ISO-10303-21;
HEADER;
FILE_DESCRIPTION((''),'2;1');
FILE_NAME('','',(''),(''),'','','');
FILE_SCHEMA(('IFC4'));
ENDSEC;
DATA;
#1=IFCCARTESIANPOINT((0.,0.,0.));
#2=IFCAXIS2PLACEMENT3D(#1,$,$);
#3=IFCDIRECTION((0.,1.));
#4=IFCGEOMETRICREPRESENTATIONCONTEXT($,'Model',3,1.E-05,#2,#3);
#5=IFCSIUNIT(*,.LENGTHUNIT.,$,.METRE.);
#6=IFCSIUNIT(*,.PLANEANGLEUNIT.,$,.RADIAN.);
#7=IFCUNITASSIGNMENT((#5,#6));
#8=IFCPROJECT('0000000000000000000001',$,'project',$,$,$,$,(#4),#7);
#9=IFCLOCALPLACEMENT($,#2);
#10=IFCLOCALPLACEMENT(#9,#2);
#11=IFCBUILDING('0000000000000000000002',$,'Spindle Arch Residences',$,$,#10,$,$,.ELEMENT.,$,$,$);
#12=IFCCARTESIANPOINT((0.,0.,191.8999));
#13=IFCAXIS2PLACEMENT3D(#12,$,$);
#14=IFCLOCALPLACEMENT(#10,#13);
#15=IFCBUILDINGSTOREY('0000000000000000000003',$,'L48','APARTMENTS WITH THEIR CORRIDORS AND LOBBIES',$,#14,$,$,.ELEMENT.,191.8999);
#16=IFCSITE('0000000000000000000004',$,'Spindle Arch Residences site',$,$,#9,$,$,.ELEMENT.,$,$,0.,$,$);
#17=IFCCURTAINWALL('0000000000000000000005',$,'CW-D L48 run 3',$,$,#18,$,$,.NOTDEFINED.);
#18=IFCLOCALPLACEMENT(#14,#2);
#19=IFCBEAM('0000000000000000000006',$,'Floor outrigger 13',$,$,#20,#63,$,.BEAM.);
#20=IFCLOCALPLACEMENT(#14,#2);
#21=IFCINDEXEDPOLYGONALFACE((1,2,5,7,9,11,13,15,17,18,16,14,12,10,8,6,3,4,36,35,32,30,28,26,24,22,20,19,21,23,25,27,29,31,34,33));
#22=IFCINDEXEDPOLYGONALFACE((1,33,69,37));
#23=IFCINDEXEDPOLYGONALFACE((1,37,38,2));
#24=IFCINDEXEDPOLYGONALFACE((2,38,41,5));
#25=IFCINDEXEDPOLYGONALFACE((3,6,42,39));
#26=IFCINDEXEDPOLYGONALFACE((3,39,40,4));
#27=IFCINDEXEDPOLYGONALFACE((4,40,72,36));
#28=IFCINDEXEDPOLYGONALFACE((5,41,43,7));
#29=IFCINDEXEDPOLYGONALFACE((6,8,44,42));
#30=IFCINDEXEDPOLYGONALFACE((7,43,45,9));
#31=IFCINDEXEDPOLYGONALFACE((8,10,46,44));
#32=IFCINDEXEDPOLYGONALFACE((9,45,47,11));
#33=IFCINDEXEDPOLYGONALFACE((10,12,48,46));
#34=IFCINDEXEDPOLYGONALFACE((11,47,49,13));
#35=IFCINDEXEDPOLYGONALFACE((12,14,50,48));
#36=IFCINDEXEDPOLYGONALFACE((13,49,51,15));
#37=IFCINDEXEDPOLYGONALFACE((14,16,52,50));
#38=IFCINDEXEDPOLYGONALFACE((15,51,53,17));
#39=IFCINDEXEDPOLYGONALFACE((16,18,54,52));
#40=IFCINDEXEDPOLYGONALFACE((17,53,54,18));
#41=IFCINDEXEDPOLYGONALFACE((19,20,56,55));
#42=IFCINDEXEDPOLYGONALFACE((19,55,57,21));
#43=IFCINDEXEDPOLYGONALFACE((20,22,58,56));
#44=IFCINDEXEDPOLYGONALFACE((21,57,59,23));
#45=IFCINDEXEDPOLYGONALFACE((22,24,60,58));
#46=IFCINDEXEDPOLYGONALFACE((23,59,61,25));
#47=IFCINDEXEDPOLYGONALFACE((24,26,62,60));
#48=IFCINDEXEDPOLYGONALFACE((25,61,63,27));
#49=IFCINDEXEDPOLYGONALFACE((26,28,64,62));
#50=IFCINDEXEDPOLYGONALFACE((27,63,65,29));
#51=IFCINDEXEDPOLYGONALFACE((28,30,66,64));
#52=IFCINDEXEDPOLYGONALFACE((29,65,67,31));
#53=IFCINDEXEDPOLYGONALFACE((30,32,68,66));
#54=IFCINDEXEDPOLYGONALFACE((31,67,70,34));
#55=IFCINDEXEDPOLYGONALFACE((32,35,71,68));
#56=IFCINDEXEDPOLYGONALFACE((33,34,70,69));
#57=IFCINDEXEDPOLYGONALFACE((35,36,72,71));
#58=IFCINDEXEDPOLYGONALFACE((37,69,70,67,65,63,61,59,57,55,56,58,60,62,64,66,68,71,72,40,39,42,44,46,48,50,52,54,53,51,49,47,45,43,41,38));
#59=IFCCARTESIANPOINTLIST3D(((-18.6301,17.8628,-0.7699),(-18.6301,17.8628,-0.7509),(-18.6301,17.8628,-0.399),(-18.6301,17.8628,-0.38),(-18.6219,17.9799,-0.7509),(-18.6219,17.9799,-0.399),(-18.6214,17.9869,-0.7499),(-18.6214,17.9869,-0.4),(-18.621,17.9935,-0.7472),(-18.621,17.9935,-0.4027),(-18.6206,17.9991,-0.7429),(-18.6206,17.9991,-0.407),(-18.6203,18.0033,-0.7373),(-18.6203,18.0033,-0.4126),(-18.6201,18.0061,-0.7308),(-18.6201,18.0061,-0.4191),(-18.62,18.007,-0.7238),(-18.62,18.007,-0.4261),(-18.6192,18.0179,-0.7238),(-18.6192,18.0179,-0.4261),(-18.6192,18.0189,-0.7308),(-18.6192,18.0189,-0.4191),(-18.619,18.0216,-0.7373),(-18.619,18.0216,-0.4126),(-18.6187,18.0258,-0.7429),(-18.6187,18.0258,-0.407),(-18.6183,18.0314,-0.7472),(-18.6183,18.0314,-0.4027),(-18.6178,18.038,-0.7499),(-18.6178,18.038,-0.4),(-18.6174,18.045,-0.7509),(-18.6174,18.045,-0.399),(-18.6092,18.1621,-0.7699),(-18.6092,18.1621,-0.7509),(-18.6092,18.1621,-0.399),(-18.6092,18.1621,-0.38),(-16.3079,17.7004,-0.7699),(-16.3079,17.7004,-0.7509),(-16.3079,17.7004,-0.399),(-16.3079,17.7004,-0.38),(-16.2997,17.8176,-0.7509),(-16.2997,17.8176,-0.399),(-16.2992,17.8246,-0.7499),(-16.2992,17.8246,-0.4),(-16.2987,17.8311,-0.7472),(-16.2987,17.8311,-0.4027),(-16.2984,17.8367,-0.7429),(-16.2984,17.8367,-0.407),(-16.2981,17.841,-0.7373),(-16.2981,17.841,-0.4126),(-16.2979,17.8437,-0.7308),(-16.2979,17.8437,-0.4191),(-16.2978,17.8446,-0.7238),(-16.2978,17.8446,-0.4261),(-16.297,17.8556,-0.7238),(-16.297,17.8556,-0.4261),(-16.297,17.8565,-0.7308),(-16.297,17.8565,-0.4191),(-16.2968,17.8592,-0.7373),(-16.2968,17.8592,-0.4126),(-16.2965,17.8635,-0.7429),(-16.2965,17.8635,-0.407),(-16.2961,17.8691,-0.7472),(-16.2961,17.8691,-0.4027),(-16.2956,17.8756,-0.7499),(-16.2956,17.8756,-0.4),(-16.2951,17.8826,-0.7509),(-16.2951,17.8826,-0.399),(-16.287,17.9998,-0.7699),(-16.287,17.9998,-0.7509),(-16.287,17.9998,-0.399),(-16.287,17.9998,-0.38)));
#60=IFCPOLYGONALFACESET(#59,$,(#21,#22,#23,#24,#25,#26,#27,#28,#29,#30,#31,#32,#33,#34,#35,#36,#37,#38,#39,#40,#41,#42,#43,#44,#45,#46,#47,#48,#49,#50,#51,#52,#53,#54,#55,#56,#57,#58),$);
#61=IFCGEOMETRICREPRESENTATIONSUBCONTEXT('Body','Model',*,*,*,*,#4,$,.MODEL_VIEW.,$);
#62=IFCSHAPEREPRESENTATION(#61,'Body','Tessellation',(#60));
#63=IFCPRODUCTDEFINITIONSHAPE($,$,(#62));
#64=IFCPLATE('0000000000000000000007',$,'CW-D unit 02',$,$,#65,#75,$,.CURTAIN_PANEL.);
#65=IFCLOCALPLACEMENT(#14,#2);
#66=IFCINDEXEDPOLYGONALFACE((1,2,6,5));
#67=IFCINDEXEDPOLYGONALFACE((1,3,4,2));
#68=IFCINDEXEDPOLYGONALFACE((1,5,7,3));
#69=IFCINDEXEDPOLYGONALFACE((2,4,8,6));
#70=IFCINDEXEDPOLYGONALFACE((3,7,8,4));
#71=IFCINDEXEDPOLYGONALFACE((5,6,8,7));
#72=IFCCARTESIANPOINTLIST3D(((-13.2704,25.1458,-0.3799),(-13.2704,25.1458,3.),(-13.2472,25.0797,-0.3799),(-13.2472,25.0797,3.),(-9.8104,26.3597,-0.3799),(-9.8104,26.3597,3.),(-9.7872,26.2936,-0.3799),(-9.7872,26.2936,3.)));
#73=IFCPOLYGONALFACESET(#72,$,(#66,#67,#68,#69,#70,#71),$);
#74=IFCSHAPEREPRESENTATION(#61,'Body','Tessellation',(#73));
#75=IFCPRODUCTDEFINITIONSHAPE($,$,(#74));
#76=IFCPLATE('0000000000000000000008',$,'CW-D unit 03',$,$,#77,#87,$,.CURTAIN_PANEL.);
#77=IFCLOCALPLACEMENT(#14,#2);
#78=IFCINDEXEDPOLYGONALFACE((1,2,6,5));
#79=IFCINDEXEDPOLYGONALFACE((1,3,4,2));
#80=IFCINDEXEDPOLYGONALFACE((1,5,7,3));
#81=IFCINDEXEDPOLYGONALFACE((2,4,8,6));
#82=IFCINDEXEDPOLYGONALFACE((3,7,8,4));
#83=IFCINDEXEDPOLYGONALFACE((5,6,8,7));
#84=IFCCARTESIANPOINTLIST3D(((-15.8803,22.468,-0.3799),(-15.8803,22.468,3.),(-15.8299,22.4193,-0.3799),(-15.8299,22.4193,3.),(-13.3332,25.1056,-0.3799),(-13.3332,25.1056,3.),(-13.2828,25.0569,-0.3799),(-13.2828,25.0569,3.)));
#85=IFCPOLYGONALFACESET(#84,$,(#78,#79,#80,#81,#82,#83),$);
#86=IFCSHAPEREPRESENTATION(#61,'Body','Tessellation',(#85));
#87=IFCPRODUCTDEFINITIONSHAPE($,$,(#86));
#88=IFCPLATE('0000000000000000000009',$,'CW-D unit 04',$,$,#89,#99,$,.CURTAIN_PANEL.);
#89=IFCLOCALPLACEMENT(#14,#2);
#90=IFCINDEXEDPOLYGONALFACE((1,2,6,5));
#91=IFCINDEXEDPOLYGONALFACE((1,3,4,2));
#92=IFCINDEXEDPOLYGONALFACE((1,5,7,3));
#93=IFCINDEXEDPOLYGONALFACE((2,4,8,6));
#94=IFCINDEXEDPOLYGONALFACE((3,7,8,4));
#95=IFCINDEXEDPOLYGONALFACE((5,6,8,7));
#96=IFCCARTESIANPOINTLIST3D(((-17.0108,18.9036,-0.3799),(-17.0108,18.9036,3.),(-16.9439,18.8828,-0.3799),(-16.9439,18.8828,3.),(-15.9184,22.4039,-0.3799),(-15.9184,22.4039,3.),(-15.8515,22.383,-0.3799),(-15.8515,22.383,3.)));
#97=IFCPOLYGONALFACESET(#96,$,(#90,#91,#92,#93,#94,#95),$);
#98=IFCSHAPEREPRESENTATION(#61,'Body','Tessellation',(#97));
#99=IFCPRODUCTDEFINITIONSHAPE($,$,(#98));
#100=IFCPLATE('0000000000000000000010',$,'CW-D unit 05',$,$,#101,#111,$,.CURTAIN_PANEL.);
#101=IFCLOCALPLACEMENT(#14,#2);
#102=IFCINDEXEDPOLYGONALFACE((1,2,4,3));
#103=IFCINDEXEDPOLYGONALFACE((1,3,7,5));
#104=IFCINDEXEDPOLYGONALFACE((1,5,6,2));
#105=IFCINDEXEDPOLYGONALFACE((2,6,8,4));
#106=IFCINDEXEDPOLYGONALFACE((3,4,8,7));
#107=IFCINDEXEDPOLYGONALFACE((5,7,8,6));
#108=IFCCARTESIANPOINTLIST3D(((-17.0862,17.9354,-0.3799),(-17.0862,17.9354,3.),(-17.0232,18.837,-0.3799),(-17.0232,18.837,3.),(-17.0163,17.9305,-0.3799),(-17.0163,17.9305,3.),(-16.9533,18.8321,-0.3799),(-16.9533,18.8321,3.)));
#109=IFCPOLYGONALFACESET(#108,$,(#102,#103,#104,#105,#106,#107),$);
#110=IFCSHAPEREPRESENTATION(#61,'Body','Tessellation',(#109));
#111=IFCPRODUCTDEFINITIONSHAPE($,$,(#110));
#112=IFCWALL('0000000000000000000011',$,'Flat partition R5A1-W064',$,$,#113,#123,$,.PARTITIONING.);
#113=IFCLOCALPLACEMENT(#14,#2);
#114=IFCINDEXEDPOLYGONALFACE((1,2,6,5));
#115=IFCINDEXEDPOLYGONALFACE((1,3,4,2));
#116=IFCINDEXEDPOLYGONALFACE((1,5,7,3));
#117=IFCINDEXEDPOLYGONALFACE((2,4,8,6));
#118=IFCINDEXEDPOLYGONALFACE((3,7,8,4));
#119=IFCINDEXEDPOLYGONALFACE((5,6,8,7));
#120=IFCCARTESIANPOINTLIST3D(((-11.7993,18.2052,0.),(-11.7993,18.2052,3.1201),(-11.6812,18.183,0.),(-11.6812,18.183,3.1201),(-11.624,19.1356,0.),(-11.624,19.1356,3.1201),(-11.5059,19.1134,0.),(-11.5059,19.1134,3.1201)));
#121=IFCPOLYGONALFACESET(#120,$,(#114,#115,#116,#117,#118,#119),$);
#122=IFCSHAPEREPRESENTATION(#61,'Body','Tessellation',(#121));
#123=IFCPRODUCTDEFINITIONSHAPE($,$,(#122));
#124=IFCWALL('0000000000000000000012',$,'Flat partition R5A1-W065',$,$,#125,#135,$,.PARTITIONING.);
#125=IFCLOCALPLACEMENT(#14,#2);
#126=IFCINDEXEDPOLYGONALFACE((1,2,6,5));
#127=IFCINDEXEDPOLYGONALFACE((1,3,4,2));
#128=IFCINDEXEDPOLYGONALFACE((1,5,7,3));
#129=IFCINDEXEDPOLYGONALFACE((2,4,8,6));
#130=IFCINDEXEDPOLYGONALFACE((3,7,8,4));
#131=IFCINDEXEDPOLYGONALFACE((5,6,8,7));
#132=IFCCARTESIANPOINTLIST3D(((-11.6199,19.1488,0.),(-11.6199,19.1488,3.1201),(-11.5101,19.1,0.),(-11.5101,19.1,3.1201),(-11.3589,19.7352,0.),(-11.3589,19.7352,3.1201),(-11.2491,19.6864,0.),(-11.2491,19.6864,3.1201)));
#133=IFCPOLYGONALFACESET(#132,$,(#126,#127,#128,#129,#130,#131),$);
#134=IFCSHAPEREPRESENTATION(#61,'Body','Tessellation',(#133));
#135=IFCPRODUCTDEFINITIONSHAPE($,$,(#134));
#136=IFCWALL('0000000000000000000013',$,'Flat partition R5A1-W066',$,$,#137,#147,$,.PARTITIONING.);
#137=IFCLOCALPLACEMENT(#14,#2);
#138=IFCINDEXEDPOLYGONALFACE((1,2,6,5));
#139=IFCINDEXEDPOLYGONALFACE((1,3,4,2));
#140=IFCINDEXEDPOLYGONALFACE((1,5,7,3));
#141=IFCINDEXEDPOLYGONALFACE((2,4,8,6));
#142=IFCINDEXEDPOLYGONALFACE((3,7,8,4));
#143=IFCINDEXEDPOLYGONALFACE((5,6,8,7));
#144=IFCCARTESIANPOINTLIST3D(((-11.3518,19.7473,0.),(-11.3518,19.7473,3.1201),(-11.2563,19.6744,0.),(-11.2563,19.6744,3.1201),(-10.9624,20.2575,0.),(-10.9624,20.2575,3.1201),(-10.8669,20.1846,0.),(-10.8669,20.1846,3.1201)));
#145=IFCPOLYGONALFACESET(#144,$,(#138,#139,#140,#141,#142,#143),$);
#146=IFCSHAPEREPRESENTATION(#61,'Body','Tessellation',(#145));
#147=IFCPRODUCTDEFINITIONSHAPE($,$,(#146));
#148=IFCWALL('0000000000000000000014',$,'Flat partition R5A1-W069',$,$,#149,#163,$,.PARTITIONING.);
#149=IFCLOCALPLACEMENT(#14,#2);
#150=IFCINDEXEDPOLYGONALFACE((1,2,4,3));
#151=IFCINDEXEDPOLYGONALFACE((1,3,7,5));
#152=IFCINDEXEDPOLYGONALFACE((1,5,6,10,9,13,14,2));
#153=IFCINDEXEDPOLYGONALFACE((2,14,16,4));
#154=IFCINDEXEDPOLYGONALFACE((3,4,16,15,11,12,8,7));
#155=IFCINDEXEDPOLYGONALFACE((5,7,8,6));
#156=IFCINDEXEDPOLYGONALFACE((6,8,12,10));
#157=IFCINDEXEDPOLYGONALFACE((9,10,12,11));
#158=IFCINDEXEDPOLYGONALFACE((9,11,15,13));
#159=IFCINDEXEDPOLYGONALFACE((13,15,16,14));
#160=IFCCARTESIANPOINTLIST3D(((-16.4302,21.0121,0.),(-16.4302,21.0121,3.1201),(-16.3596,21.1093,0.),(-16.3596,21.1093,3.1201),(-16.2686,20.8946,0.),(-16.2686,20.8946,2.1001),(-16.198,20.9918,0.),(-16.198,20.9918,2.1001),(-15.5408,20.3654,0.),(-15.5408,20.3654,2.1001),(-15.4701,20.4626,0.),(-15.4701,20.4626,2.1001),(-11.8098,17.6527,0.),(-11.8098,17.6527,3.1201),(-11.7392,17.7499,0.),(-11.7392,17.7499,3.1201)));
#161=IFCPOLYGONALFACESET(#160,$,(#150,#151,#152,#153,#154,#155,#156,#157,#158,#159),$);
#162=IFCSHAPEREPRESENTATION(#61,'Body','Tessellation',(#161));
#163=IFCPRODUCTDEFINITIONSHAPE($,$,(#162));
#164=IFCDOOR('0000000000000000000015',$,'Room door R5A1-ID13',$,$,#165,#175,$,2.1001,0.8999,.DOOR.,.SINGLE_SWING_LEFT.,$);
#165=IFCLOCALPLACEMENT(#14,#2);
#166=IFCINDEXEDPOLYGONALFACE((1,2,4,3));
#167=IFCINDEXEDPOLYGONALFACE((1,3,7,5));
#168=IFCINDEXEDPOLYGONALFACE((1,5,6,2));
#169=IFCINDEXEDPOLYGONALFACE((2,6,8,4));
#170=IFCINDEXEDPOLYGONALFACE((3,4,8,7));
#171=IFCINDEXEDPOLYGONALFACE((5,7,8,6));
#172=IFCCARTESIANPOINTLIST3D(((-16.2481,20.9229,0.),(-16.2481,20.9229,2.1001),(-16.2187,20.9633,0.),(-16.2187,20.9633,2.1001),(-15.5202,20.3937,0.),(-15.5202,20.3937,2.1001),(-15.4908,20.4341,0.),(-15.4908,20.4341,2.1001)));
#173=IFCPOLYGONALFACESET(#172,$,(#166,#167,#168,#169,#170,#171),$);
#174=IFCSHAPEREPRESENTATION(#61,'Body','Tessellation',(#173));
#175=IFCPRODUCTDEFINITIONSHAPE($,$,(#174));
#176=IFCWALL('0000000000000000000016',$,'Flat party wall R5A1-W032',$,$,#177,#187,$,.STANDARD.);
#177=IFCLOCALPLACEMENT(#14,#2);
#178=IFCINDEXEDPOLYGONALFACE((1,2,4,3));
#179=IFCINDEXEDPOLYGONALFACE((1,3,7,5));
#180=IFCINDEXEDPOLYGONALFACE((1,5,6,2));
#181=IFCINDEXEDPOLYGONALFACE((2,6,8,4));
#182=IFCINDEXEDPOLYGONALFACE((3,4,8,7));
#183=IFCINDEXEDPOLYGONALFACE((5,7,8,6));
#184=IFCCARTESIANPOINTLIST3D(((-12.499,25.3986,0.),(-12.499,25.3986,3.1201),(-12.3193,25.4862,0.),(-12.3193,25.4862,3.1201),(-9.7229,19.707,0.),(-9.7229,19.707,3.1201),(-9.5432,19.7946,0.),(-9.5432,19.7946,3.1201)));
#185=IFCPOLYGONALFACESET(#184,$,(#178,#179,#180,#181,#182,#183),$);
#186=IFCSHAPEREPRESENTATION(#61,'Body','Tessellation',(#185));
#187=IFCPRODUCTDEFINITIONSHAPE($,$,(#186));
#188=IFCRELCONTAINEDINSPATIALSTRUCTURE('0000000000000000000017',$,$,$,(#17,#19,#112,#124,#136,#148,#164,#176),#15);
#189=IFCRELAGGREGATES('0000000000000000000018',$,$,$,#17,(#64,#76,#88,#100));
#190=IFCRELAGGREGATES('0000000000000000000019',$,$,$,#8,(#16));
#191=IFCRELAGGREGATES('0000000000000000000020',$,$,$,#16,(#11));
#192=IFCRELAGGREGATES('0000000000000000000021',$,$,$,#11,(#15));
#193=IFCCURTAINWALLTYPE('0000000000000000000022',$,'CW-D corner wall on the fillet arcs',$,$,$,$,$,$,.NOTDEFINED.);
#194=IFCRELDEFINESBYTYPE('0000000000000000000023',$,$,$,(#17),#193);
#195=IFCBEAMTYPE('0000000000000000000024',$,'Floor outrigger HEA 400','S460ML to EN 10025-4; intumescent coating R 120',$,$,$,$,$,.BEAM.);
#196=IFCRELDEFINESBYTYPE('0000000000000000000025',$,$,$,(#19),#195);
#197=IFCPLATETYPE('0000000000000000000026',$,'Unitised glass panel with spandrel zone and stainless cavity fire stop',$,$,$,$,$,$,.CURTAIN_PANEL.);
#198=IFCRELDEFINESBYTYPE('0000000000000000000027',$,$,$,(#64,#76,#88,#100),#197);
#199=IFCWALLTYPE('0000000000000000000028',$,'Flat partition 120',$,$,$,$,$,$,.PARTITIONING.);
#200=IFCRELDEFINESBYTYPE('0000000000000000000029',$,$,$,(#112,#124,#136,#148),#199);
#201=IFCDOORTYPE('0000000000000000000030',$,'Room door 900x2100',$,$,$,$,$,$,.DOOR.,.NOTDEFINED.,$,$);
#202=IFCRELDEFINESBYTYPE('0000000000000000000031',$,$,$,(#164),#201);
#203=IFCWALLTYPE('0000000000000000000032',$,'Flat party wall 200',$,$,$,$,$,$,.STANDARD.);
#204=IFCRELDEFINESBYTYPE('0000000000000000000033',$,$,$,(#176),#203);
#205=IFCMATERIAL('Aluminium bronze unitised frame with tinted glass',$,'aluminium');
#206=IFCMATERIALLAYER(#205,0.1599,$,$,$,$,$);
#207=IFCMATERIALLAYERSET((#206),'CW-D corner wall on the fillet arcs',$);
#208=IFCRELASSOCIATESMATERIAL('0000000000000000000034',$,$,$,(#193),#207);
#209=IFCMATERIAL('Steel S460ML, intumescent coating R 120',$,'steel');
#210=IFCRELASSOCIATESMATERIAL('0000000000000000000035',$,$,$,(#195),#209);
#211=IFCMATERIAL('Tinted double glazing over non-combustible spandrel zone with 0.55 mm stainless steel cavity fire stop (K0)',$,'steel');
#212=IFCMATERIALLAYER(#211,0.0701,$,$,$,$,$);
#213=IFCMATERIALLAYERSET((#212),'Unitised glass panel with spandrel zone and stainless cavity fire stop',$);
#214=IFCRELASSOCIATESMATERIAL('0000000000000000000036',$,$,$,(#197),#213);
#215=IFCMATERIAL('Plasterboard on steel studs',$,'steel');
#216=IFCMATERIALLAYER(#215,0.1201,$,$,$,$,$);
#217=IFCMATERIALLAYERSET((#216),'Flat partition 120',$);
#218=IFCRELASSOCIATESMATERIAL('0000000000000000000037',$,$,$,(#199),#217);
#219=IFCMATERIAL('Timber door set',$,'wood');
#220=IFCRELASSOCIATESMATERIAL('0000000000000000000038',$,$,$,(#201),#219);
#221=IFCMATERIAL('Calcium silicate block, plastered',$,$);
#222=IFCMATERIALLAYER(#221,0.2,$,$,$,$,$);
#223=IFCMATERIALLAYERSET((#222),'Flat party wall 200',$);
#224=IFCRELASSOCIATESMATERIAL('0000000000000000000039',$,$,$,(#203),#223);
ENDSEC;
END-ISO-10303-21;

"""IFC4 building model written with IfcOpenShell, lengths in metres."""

from ifc_helpers import new_model, si_unit, direction, frame, frame_2d, origin, origin_2d, place, context, subcontext, project, spatial, rectangle, i_section, extrude, material, layer, layer_set, material_profile, profile_set, type_object, element, fill, aggregate, save


model = new_model("IFC4")

# Units and contexts
model_context = context("Model", 3, precision=1e-05, world=origin(), true_north=direction((0.0, 1.0)))
body_context = subcontext(model_context, "Body", "Model", "MODEL_VIEW")
ifc_project = project(units=[si_unit("LENGTHUNIT", "METRE"), si_unit("PLANEANGLEUNIT", "RADIAN")], contexts=[model_context])

# Site, building, storey
site_placement = place(None, origin())
site = spatial("IfcSite", under=ifc_project, at=site_placement, Name="Spindle Arch Residences site", CompositionType="ELEMENT", RefElevation=0.0)
building_placement = place(site_placement, origin())
building = spatial("IfcBuilding", under=site, at=building_placement, Name="Spindle Arch Residences", CompositionType="ELEMENT")
storey_placement = place(building_placement, frame((0.0, 0.0, 191.8999)))
storey = spatial("IfcBuildingStorey", under=building, at=storey_placement, Name="L48", Description="APARTMENTS WITH THEIR CORRIDORS AND LOBBIES", CompositionType="ELEMENT", Elevation=191.8999)

# Curtain wall
ifc_material_1 = material(Name="Aluminium bronze unitised frame with tinted glass", Category="aluminium")
ifc_layer_1 = layer(ifc_material_1, 0.1599)
ifc_layer_set_1 = layer_set([ifc_layer_1], Name="CW-D corner wall on the fillet arcs")
curtain_wall_type_1 = type_object("IfcCurtainWallType", Name="CW-D corner wall on the fillet arcs", PredefinedType="NOTDEFINED", material=ifc_layer_set_1)
curtain_wall_1_placement = place(storey_placement, origin())
curtain_wall_1 = element("IfcCurtainWall", 1, at=curtain_wall_1_placement, inside=storey, type_object=curtain_wall_type_1, Name="CW-D L48 run 3", PredefinedType="NOTDEFINED")

# Beam
ifc_material_2 = material(Name="Steel S460ML, intumescent coating R 120", Category="steel")
ifc_material_profile_1 = material_profile(ifc_material_2, i_section(OverallWidth=0.3, OverallDepth=0.3899, WebThickness=0.011, FlangeThickness=0.019, FilletRadius=0.0271, at=origin_2d()), Name="HEA 400")
ifc_profile_set_1 = profile_set([ifc_material_profile_1], Name="Steel S460ML, intumescent coating R 120")
beam_type_1 = type_object("IfcBeamType", Name="Floor outrigger HEA 400", Description="S460ML to EN 10025-4; intumescent coating R 120", PredefinedType="BEAM", material=ifc_profile_set_1)
beam_1_placement = place(storey_placement, frame((-18.6196, 18.0125, -0.575), z_axis=(0.997565, -0.069741, 0.0), x_axis=(0.069741, 0.997565, 0.0)))
element("IfcBeam", 2, at=beam_1_placement, inside=storey, type_object=beam_type_1, Name="Floor outrigger 13", PredefinedType="BEAM", context=body_context, shape_type="SweptSolid", body=[
    extrude(i_section(OverallWidth=0.3, OverallDepth=0.3899, WebThickness=0.011, FlangeThickness=0.019, FilletRadius=0.0271, at=origin_2d()), origin(), (0.0, 0.0, 1.0), 2.3279),
])

# Plates
ifc_material_3 = material(Name="Tinted double glazing over non-combustible spandrel zone with 0.55 mm stainless steel cavity fire stop (K0)", Category="steel")
ifc_layer_2 = layer(ifc_material_3, 0.0701)
ifc_layer_set_2 = layer_set([ifc_layer_2], Name="Unitised glass panel with spandrel zone and stainless cavity fire stop")
plate_type = type_object("IfcPlateType", Name="Unitised glass panel with spandrel zone and stainless cavity fire stop", PredefinedType="CURTAIN_PANEL", material=ifc_layer_set_2)
plate_1_placement = place(storey_placement, frame((-11.5288, 25.7197, -0.3799), z_axis=(0.0, 0.0, 1.0), x_axis=(-0.943609, -0.331063, 0.0)))
plate_1 = element("IfcPlate", 3, at=plate_1_placement, type_object=plate_type, Name="CW-D unit 02", PredefinedType="CURTAIN_PANEL", context=body_context, shape_type="SweptSolid", body=[
    extrude(rectangle(XDim=3.6667, YDim=0.0701, at=origin_2d()), origin(), (0.0, 0.0, 1.0), 3.3799),
])
plate_2_placement = place(storey_placement, frame((-14.5815, 23.7625, -0.3799), z_axis=(0.0, 0.0, 1.0), x_axis=(-0.694658, -0.71934, 0.0)))
plate_2 = element("IfcPlate", 4, at=plate_2_placement, type_object=plate_type, Name="CW-D unit 03", PredefinedType="CURTAIN_PANEL", context=body_context, shape_type="SweptSolid", body=[
    extrude(rectangle(XDim=3.6667, YDim=0.0701, at=origin_2d()), origin(), (0.0, 0.0, 1.0), 3.3799),
])
plate_3_placement = place(storey_placement, frame((-16.4312, 20.6433, -0.3799), z_axis=(0.0, 0.0, 1.0), x_axis=(-0.29793, -0.954588, 0.0)))
plate_3 = element("IfcPlate", 5, at=plate_3_placement, type_object=plate_type, Name="CW-D unit 04", PredefinedType="CURTAIN_PANEL", context=body_context, shape_type="SweptSolid", body=[
    extrude(rectangle(XDim=3.6667, YDim=0.0701, at=origin_2d()), origin(), (0.0, 0.0, 1.0), 3.3799),
])
plate_4_placement = place(storey_placement, frame((-17.0198, 18.3838, -0.3799), z_axis=(0.0, 0.0, 1.0), x_axis=(-0.069756, -0.997564, 0.0)))
plate_4 = element("IfcPlate", 6, at=plate_4_placement, type_object=plate_type, Name="CW-D unit 05", PredefinedType="CURTAIN_PANEL", context=body_context, shape_type="SweptSolid", body=[
    extrude(rectangle(XDim=0.9038, YDim=0.0701, at=origin_2d()), origin(), (0.0, 0.0, 1.0), 3.3799),
])
aggregate(curtain_wall_1, [plate_1, plate_2, plate_3, plate_4])

# Walls
ifc_material_4 = material(Name="Plasterboard on steel studs", Category="steel")
ifc_layer_3 = layer(ifc_material_4, 0.1201)
ifc_layer_set_3 = layer_set([ifc_layer_3], Name="Flat partition 120")
wall_type_1 = type_object("IfcWallType", Name="Flat partition 120", PredefinedType="PARTITIONING", material=ifc_layer_set_3)
wall_1_placement = place(storey_placement, frame((-11.7402, 18.1941, 0.0), z_axis=(0.0, 0.0, 1.0), x_axis=(0.185145, 0.982711, 0.0)))
element("IfcWall", 7, at=wall_1_placement, inside=storey, type_object=wall_type_1, Name="Flat partition R5A1-W064", PredefinedType="PARTITIONING", context=body_context, shape_type="SweptSolid", body=[
    extrude(rectangle(XDim=0.9468, YDim=0.1201, at=frame_2d((0.4734, 0.0))), origin(), (0.0, 0.0, 1.0), 3.1201),
])
for number, where, z_axis, x_axis, name in (
    (8, (-11.5649, 19.1245, 0.0), (0.0, 0.0, 1.0), (0.406597, 0.913608, 0.0), "Flat partition R5A1-W065"),
    (9, (-11.304, 19.7109, 0.0), (0.0, 0.0, 1.0), (0.606673, 0.794951, 0.0), "Flat partition R5A1-W066"),
):
    element("IfcWall", number, at=place(storey_placement, frame(where, z_axis=z_axis, x_axis=x_axis)), inside=storey, type_object=wall_type_1, Name=name, PredefinedType="PARTITIONING", context=body_context, shape_type="SweptSolid", body=[
        extrude(rectangle(XDim=0.6418, YDim=0.1201, at=frame_2d((0.3208, 0.0))), origin(), (0.0, 0.0, 1.0), 3.1201),
    ])

# Wall, opening, door
wall_2_placement = place(storey_placement, frame((-16.395, 21.0608, 0.0), z_axis=(0.0, 0.0, 1.0), x_axis=(0.80881, -0.58807, 0.0)))
wall_2 = element("IfcWall", 10, at=wall_2_placement, inside=storey, type_object=wall_type_1, Name="Flat partition R5A1-W069", PredefinedType="PARTITIONING", context=body_context, shape_type="SweptSolid", body=[
    extrude(rectangle(XDim=5.7126, YDim=0.1201, at=frame_2d((2.8564, 0.0))), origin(), (0.0, 0.0, 1.0), 3.1201),
])
opening_placement = place(wall_2_placement, frame((0.2, 0.0, 0.0)))
opening = element("IfcOpeningElement", 11, at=opening_placement, cuts=wall_2, PredefinedType="OPENING", context=body_context, shape_type="SweptSolid", body=[
    extrude(rectangle(XDim=0.8999, YDim=2.1001, at=frame_2d((0.45, 1.05))), frame((0.0, 0.0701, 0.0), z_axis=(0.0, -1.0, 0.0), x_axis=(1.0, 0.0, 0.0)), (0.0, 0.0, 1.0), 0.1401),
])
ifc_material_5 = material(Name="Timber door set", Category="wood")
door_type = type_object("IfcDoorType", Name="Room door 900x2100", OperationType="NOTDEFINED", PredefinedType="DOOR", material=ifc_material_5)
door_placement = place(opening_placement, origin())
door = element("IfcDoor", 12, at=door_placement, inside=storey, type_object=door_type, Name="Room door R5A1-ID13", OperationType="SINGLE_SWING_LEFT", OverallHeight=2.1001, OverallWidth=0.8999, PredefinedType="DOOR", context=body_context, shape_type="SweptSolid", body=[
    extrude(rectangle(XDim=0.8999, YDim=2.1001, at=frame_2d((0.45, 1.05))), frame((0.0, 0.0249, 0.0), z_axis=(0.0, -1.0, 0.0), x_axis=(1.0, 0.0, 0.0)), (0.0, 0.0, 1.0), 0.05),
])
fill(opening, door)

# Wall
ifc_material_6 = material(Name="Calcium silicate block, plastered")
ifc_layer_4 = layer(ifc_material_6, 0.2)
ifc_layer_set_4 = layer_set([ifc_layer_4], Name="Flat party wall 200")
wall_type_2 = type_object("IfcWallType", Name="Flat party wall 200", PredefinedType="STANDARD", material=ifc_layer_set_4)
wall_3_placement = place(storey_placement, frame((-12.4092, 25.4424, 0.0), z_axis=(0.0, 0.0, 1.0), x_axis=(0.438386, -0.898787, 0.0)))
element("IfcWall", 13, at=wall_3_placement, inside=storey, type_object=wall_type_2, Name="Flat party wall R5A1-W032", PredefinedType="STANDARD", context=body_context, shape_type="SweptSolid", body=[
    extrude(rectangle(XDim=6.3325, YDim=0.2, at=frame_2d((3.1663, 0.0))), origin(), (0.0, 0.0, 1.0), 3.1201),
])

save(model, "model.ifc")
